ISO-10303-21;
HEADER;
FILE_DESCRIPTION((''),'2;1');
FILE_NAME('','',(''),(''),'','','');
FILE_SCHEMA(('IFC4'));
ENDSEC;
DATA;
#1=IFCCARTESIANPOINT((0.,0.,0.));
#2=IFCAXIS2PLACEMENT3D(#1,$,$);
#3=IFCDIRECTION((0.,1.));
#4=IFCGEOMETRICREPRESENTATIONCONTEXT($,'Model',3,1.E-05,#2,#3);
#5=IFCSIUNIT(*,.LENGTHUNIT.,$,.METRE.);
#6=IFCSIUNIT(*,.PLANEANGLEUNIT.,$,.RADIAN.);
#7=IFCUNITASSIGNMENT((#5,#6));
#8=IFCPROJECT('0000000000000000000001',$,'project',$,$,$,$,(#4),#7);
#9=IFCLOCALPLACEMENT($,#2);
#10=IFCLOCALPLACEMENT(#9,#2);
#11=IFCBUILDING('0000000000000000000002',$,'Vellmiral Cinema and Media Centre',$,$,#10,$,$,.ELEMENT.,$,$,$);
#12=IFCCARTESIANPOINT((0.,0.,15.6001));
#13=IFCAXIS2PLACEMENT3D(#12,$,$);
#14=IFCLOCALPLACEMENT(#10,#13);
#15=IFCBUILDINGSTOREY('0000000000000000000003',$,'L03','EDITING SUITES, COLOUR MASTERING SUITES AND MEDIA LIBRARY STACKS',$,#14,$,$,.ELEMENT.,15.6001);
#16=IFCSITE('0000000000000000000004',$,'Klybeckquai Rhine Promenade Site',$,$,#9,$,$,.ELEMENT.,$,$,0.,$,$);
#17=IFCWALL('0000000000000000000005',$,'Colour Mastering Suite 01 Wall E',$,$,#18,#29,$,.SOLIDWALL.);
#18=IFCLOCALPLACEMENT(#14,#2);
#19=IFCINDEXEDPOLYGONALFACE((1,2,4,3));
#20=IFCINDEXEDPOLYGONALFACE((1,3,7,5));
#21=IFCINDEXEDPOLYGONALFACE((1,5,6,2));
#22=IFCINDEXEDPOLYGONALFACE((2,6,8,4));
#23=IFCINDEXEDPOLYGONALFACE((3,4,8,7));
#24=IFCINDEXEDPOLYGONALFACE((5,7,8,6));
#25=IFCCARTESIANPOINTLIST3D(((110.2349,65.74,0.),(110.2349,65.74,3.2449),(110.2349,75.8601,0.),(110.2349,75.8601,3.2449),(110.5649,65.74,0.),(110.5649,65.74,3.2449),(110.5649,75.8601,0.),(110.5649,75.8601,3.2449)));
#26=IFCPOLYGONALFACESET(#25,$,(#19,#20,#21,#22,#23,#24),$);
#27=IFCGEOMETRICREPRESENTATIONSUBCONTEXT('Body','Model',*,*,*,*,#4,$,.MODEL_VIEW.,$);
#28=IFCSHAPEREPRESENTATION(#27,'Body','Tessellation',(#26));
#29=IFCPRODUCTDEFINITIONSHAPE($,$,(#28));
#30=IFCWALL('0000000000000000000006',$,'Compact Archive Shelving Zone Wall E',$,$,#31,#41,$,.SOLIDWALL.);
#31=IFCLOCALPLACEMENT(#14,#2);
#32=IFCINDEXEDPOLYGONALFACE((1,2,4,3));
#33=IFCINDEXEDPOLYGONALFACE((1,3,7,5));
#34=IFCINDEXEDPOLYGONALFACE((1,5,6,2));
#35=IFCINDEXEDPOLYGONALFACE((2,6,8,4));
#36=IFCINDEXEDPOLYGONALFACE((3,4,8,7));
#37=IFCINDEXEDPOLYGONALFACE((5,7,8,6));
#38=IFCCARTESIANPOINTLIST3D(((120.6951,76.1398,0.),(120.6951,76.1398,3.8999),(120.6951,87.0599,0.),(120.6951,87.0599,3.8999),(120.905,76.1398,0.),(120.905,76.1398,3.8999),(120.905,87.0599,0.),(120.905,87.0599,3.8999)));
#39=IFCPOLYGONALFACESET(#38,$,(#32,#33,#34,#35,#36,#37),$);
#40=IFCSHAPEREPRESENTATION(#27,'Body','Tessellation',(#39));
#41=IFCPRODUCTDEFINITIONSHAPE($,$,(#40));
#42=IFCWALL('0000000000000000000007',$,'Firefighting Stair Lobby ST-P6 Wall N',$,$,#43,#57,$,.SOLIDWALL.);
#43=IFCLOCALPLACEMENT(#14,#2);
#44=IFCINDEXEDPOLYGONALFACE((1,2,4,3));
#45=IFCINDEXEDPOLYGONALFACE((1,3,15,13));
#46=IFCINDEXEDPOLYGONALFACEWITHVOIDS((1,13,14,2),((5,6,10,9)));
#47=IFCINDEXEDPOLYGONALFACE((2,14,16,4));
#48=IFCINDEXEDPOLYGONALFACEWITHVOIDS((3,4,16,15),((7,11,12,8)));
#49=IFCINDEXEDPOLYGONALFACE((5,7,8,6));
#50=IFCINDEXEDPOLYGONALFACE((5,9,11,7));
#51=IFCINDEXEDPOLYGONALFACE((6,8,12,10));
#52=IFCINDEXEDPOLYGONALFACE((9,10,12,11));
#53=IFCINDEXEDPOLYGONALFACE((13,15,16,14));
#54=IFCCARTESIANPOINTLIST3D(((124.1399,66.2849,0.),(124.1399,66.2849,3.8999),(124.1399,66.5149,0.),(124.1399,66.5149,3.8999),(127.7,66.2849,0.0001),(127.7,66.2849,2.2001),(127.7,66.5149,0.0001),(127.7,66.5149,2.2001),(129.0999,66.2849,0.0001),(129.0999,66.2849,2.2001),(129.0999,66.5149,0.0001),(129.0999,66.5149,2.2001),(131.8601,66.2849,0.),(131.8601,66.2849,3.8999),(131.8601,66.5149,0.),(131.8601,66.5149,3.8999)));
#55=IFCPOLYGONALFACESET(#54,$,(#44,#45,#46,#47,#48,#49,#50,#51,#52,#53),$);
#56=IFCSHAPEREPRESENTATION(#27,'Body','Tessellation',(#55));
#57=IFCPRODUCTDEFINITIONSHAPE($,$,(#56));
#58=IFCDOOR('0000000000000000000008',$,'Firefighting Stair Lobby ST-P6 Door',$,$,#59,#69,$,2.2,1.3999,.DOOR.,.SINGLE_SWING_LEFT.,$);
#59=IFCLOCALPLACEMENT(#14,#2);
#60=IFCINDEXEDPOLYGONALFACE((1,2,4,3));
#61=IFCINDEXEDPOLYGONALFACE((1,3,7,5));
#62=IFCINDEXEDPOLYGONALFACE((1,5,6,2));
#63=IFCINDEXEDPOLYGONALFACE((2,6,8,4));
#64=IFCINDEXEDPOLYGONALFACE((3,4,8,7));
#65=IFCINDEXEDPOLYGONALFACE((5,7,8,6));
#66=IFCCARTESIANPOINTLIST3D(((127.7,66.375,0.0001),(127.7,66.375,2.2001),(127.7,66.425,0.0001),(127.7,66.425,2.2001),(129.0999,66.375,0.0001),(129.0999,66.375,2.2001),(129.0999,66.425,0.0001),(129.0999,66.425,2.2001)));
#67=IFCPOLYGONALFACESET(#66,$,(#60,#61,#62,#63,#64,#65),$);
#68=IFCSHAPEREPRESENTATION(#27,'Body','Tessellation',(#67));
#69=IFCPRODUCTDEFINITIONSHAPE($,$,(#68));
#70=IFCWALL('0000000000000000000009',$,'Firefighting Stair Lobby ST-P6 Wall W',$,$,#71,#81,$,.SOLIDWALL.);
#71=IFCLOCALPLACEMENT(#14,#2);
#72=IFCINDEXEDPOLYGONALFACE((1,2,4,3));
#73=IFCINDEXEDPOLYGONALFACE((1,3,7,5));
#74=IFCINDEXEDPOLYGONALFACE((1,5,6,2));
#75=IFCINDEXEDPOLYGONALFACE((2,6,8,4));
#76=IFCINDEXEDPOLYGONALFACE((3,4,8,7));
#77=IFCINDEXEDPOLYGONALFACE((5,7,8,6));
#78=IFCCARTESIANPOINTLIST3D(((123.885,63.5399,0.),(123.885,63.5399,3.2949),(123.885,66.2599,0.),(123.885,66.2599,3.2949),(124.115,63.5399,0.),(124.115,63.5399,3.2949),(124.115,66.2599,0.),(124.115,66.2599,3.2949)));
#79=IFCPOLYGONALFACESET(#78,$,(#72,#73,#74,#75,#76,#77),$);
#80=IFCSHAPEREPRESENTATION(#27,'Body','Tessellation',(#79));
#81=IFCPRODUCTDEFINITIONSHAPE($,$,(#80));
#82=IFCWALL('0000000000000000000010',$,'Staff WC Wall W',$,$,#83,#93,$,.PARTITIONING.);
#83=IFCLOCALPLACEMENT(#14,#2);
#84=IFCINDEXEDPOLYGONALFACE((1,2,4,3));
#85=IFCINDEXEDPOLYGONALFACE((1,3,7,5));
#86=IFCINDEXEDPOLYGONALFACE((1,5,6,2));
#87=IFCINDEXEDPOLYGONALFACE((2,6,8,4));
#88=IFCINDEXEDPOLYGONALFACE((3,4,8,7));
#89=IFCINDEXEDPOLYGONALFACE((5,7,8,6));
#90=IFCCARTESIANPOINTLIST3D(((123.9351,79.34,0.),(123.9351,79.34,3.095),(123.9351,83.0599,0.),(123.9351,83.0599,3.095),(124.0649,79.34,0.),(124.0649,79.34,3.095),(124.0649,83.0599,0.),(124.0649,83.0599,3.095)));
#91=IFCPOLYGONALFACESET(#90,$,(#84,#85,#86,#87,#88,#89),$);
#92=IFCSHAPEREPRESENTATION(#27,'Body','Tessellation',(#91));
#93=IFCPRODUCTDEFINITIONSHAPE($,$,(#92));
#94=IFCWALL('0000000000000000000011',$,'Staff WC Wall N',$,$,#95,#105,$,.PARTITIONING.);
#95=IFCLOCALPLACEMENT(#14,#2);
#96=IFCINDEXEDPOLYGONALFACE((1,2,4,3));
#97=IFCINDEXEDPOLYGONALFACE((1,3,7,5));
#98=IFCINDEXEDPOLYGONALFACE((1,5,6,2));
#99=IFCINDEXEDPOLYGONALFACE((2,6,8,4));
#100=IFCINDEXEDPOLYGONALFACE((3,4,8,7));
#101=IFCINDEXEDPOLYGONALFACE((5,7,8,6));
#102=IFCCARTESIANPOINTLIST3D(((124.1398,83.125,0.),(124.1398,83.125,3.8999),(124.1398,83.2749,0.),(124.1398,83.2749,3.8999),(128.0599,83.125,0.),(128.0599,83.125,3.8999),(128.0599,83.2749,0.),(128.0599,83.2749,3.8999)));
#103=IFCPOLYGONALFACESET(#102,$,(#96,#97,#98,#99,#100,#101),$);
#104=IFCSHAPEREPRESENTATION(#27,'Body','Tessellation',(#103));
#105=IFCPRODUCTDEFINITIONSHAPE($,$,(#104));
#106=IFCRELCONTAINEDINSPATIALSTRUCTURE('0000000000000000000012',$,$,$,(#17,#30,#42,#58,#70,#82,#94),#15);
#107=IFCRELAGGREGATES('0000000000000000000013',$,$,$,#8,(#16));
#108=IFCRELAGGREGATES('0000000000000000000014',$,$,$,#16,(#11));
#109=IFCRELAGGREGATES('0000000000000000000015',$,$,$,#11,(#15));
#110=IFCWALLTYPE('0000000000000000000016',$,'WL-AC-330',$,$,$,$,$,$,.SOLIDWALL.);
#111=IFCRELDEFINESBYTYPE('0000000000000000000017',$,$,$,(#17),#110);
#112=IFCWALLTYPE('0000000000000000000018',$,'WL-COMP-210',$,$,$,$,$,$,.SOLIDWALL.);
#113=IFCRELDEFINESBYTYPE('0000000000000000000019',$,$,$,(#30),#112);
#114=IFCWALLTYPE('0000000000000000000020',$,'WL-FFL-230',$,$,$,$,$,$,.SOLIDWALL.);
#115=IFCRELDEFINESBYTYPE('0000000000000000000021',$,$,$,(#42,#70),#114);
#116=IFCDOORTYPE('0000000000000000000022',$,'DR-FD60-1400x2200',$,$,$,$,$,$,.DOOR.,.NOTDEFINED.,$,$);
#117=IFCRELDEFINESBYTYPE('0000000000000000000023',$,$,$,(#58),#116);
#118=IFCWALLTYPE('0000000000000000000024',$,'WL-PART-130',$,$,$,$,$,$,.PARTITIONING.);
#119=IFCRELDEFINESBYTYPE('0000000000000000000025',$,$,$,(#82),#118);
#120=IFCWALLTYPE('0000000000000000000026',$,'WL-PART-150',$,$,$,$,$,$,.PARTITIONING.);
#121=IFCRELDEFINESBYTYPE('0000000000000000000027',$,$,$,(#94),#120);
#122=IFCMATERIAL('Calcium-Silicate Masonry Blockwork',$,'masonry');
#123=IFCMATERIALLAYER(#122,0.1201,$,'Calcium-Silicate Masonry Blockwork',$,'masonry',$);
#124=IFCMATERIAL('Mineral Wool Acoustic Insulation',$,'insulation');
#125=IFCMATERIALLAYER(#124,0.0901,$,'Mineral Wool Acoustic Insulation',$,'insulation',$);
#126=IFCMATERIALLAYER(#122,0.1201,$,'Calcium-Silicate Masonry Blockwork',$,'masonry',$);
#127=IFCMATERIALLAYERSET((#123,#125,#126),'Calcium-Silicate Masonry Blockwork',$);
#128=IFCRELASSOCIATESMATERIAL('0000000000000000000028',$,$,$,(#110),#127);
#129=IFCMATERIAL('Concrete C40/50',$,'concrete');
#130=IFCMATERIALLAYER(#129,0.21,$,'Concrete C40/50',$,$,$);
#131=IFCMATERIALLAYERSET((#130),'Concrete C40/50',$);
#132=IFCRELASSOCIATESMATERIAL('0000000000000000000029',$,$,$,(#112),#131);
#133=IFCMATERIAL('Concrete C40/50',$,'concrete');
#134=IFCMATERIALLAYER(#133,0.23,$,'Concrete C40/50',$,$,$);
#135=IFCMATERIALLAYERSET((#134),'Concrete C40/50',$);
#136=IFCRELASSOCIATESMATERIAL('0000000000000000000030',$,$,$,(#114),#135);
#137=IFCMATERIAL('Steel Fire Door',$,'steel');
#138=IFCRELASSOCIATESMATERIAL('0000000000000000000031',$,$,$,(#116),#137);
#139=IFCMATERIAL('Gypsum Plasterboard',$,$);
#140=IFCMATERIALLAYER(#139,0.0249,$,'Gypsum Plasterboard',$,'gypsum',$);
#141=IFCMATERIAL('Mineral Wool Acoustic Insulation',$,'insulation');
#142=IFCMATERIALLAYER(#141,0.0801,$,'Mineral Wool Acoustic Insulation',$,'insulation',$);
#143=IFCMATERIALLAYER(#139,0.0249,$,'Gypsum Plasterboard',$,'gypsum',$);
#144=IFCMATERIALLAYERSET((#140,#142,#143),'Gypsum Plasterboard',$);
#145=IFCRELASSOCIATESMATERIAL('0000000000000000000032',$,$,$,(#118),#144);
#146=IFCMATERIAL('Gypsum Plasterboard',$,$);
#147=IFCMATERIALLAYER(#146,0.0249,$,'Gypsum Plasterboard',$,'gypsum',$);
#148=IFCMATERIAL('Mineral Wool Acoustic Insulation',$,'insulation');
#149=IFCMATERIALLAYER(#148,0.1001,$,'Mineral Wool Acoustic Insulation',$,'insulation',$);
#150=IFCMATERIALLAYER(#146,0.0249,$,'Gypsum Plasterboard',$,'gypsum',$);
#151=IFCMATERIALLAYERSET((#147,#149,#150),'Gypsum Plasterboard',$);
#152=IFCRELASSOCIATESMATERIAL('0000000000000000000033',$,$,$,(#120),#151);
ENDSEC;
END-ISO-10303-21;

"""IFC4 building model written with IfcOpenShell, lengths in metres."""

from ifc_helpers import new_model, si_unit, direction, frame, frame_2d, origin, place, context, subcontext, project, spatial, rectangle, extrude, material, layer, layer_set, type_object, element, fill, save


model = new_model("IFC4")

# Units and contexts
model_context = context("Model", 3, precision=1e-05, world=origin(), true_north=direction((0.0, 1.0)))
body_context = subcontext(model_context, "Body", "Model", "MODEL_VIEW")
ifc_project = project(units=[si_unit("LENGTHUNIT", "METRE"), si_unit("PLANEANGLEUNIT", "RADIAN")], contexts=[model_context])

# Site, building, storey
site_placement = place(None, origin())
site = spatial("IfcSite", under=ifc_project, at=site_placement, Name="Klybeckquai Rhine Promenade Site", CompositionType="ELEMENT", RefElevation=0.0)
building_placement = place(site_placement, origin())
building = spatial("IfcBuilding", under=site, at=building_placement, Name="Vellmiral Cinema and Media Centre", CompositionType="ELEMENT")
storey_placement = place(building_placement, frame((0.0, 0.0, 15.6001)))
storey = spatial("IfcBuildingStorey", under=building, at=storey_placement, Name="L03", Description="EDITING SUITES, COLOUR MASTERING SUITES AND MEDIA LIBRARY STACKS", CompositionType="ELEMENT", Elevation=15.6001)

# Wall
ifc_material_1 = material(Name="Calcium-Silicate Masonry Blockwork", Category="masonry")
ifc_layer_1 = layer(ifc_material_1, 0.1201, Name="Calcium-Silicate Masonry Blockwork", Category="masonry")
ifc_material_2 = material(Name="Mineral Wool Acoustic Insulation", Category="insulation")
ifc_layer_2 = layer(ifc_material_2, 0.0901, Name="Mineral Wool Acoustic Insulation", Category="insulation")
ifc_layer_3 = layer(ifc_material_1, 0.1201, Name="Calcium-Silicate Masonry Blockwork", Category="masonry")
ifc_layer_set_1 = layer_set([ifc_layer_1, ifc_layer_2, ifc_layer_3], Name="Calcium-Silicate Masonry Blockwork")
wall_type_1 = type_object("IfcWallType", Name="WL-AC-330", PredefinedType="SOLIDWALL", material=ifc_layer_set_1)
wall_1_placement = place(storey_placement, frame((110.3999, 65.74, 0.0), z_axis=(0.0, 0.0, 1.0), x_axis=(0.0, 1.0, 0.0)))
element("IfcWall", 1, at=wall_1_placement, inside=storey, type_object=wall_type_1, Name="Colour Mastering Suite 01 Wall E", PredefinedType="SOLIDWALL", context=body_context, shape_type="SweptSolid", body=[
    extrude(rectangle(XDim=10.1201, YDim=0.3301, at=frame_2d((5.0601, 0.0))), origin(), (0.0, 0.0, 1.0), 3.2449),
])

# Shared definitions
ifc_material_3 = material(Name="Concrete C40/50", Category="concrete")
ifc_layer_4 = layer(ifc_material_3, 0.21, Name="Concrete C40/50")
ifc_layer_set_2 = layer_set([ifc_layer_4], Name="Concrete C40/50")
wall_type_2 = type_object("IfcWallType", Name="WL-COMP-210", PredefinedType="SOLIDWALL", material=ifc_layer_set_2)

# Wall
wall_2_placement = place(storey_placement, frame((120.8, 76.1399, 0.0), z_axis=(0.0, 0.0, 1.0), x_axis=(0.0, 1.0, 0.0)))
element("IfcWall", 2, at=wall_2_placement, inside=storey, type_object=wall_type_2, Name="Compact Archive Shelving Zone Wall E", PredefinedType="SOLIDWALL", context=body_context, shape_type="SweptSolid", body=[
    extrude(rectangle(XDim=10.9202, YDim=0.21, at=frame_2d((5.46, 0.0))), origin(), (0.0, 0.0, 1.0), 3.8999),
])

# Wall, opening, door
ifc_material_4 = material(Name="Concrete C40/50", Category="concrete")
ifc_layer_5 = layer(ifc_material_4, 0.23, Name="Concrete C40/50")
ifc_layer_set_3 = layer_set([ifc_layer_5], Name="Concrete C40/50")
wall_type_3 = type_object("IfcWallType", Name="WL-FFL-230", PredefinedType="SOLIDWALL", material=ifc_layer_set_3)
wall_3_placement = place(storey_placement, frame((124.1399, 66.3999, 0.0), z_axis=(0.0, 0.0, 1.0), x_axis=(1.0, 0.0, 0.0)))
wall_3 = element("IfcWall", 3, at=wall_3_placement, inside=storey, type_object=wall_type_3, Name="Firefighting Stair Lobby ST-P6 Wall N", PredefinedType="SOLIDWALL", context=body_context, shape_type="SweptSolid", body=[
    extrude(rectangle(XDim=7.7202, YDim=0.23, at=frame_2d((3.8601, 0.0))), origin(), (0.0, 0.0, 1.0), 3.8999),
])
opening_1_placement = place(wall_3_placement, frame((3.5601, 0.0, 0.0)))
opening_1 = element("IfcOpeningElement", 4, at=opening_1_placement, cuts=wall_3, PredefinedType="OPENING", context=body_context, shape_type="SweptSolid", body=[
    extrude(rectangle(XDim=1.3999, YDim=2.2, at=frame_2d((0.7, 1.1001))), frame((0.0, 0.127, 0.0), z_axis=(0.0, -1.0, 0.0), x_axis=(1.0, 0.0, 0.0)), (0.0, 0.0, 1.0), 0.2539),
])
ifc_material_5 = material(Name="Steel Fire Door", Category="steel")
door_type_1 = type_object("IfcDoorType", Name="DR-FD60-1400x2200", OperationType="NOTDEFINED", PredefinedType="DOOR", material=ifc_material_5)
door_1_placement = place(opening_1_placement, frame((1.3999, 0.0, 0.0), z_axis=(0.0, 0.0, 1.0), x_axis=(-1.0, 0.0, 0.0)))
door_1 = element("IfcDoor", 5, at=door_1_placement, inside=storey, type_object=door_type_1, Name="Firefighting Stair Lobby ST-P6 Door", OperationType="SINGLE_SWING_LEFT", OverallHeight=2.2, OverallWidth=1.3999, PredefinedType="DOOR", context=body_context, shape_type="SweptSolid", body=[
    extrude(rectangle(XDim=1.3999, YDim=2.2, at=frame_2d((0.7, 1.1001))), frame((0.0, 0.0249, 0.0), z_axis=(0.0, -1.0, 0.0), x_axis=(1.0, 0.0, 0.0)), (0.0, 0.0, 1.0), 0.05),
])
fill(opening_1, door_1)

# Walls
wall_4_placement = place(storey_placement, frame((124.0, 63.54, 0.0), z_axis=(0.0, 0.0, 1.0), x_axis=(0.0, 1.0, 0.0)))
element("IfcWall", 6, at=wall_4_placement, inside=storey, type_object=wall_type_3, Name="Firefighting Stair Lobby ST-P6 Wall W", PredefinedType="SOLIDWALL", context=body_context, shape_type="SweptSolid", body=[
    extrude(rectangle(XDim=2.72, YDim=0.23, at=frame_2d((1.3599, 0.0))), origin(), (0.0, 0.0, 1.0), 3.2949),
])
ifc_material_6 = material(Name="Gypsum Plasterboard")
ifc_layer_6 = layer(ifc_material_6, 0.0249, Name="Gypsum Plasterboard", Category="gypsum")
ifc_material_7 = material(Name="Mineral Wool Acoustic Insulation", Category="insulation")
ifc_layer_7 = layer(ifc_material_7, 0.0801, Name="Mineral Wool Acoustic Insulation", Category="insulation")
ifc_layer_8 = layer(ifc_material_6, 0.0249, Name="Gypsum Plasterboard", Category="gypsum")
ifc_layer_set_4 = layer_set([ifc_layer_6, ifc_layer_7, ifc_layer_8], Name="Gypsum Plasterboard")
wall_type_4 = type_object("IfcWallType", Name="WL-PART-130", PredefinedType="PARTITIONING", material=ifc_layer_set_4)
wall_5_placement = place(storey_placement, frame((124.0, 79.3401, 0.0), z_axis=(0.0, 0.0, 1.0), x_axis=(0.0, 1.0, 0.0)))
element("IfcWall", 7, at=wall_5_placement, inside=storey, type_object=wall_type_4, Name="Staff WC Wall W", PredefinedType="PARTITIONING", context=body_context, shape_type="SweptSolid", body=[
    extrude(rectangle(XDim=3.72, YDim=0.1299, at=frame_2d((1.8599, 0.0))), origin(), (0.0, 0.0, 1.0), 3.095),
])
ifc_material_8 = material(Name="Gypsum Plasterboard")
ifc_layer_9 = layer(ifc_material_8, 0.0249, Name="Gypsum Plasterboard", Category="gypsum")
ifc_material_9 = material(Name="Mineral Wool Acoustic Insulation", Category="insulation")
ifc_layer_10 = layer(ifc_material_9, 0.1001, Name="Mineral Wool Acoustic Insulation", Category="insulation")
ifc_layer_11 = layer(ifc_material_8, 0.0249, Name="Gypsum Plasterboard", Category="gypsum")
ifc_layer_set_5 = layer_set([ifc_layer_9, ifc_layer_10, ifc_layer_11], Name="Gypsum Plasterboard")
wall_type_5 = type_object("IfcWallType", Name="WL-PART-150", PredefinedType="PARTITIONING", material=ifc_layer_set_5)
wall_6_placement = place(storey_placement, frame((124.1399, 83.2, 0.0), z_axis=(0.0, 0.0, 1.0), x_axis=(1.0, 0.0, 0.0)))
element("IfcWall", 8, at=wall_6_placement, inside=storey, type_object=wall_type_5, Name="Staff WC Wall N", PredefinedType="PARTITIONING", context=body_context, shape_type="SweptSolid", body=[
    extrude(rectangle(XDim=3.9202, YDim=0.1499, at=frame_2d((1.96, 0.0))), origin(), (0.0, 0.0, 1.0), 3.8999),
])

save(model, "model.ifc")
